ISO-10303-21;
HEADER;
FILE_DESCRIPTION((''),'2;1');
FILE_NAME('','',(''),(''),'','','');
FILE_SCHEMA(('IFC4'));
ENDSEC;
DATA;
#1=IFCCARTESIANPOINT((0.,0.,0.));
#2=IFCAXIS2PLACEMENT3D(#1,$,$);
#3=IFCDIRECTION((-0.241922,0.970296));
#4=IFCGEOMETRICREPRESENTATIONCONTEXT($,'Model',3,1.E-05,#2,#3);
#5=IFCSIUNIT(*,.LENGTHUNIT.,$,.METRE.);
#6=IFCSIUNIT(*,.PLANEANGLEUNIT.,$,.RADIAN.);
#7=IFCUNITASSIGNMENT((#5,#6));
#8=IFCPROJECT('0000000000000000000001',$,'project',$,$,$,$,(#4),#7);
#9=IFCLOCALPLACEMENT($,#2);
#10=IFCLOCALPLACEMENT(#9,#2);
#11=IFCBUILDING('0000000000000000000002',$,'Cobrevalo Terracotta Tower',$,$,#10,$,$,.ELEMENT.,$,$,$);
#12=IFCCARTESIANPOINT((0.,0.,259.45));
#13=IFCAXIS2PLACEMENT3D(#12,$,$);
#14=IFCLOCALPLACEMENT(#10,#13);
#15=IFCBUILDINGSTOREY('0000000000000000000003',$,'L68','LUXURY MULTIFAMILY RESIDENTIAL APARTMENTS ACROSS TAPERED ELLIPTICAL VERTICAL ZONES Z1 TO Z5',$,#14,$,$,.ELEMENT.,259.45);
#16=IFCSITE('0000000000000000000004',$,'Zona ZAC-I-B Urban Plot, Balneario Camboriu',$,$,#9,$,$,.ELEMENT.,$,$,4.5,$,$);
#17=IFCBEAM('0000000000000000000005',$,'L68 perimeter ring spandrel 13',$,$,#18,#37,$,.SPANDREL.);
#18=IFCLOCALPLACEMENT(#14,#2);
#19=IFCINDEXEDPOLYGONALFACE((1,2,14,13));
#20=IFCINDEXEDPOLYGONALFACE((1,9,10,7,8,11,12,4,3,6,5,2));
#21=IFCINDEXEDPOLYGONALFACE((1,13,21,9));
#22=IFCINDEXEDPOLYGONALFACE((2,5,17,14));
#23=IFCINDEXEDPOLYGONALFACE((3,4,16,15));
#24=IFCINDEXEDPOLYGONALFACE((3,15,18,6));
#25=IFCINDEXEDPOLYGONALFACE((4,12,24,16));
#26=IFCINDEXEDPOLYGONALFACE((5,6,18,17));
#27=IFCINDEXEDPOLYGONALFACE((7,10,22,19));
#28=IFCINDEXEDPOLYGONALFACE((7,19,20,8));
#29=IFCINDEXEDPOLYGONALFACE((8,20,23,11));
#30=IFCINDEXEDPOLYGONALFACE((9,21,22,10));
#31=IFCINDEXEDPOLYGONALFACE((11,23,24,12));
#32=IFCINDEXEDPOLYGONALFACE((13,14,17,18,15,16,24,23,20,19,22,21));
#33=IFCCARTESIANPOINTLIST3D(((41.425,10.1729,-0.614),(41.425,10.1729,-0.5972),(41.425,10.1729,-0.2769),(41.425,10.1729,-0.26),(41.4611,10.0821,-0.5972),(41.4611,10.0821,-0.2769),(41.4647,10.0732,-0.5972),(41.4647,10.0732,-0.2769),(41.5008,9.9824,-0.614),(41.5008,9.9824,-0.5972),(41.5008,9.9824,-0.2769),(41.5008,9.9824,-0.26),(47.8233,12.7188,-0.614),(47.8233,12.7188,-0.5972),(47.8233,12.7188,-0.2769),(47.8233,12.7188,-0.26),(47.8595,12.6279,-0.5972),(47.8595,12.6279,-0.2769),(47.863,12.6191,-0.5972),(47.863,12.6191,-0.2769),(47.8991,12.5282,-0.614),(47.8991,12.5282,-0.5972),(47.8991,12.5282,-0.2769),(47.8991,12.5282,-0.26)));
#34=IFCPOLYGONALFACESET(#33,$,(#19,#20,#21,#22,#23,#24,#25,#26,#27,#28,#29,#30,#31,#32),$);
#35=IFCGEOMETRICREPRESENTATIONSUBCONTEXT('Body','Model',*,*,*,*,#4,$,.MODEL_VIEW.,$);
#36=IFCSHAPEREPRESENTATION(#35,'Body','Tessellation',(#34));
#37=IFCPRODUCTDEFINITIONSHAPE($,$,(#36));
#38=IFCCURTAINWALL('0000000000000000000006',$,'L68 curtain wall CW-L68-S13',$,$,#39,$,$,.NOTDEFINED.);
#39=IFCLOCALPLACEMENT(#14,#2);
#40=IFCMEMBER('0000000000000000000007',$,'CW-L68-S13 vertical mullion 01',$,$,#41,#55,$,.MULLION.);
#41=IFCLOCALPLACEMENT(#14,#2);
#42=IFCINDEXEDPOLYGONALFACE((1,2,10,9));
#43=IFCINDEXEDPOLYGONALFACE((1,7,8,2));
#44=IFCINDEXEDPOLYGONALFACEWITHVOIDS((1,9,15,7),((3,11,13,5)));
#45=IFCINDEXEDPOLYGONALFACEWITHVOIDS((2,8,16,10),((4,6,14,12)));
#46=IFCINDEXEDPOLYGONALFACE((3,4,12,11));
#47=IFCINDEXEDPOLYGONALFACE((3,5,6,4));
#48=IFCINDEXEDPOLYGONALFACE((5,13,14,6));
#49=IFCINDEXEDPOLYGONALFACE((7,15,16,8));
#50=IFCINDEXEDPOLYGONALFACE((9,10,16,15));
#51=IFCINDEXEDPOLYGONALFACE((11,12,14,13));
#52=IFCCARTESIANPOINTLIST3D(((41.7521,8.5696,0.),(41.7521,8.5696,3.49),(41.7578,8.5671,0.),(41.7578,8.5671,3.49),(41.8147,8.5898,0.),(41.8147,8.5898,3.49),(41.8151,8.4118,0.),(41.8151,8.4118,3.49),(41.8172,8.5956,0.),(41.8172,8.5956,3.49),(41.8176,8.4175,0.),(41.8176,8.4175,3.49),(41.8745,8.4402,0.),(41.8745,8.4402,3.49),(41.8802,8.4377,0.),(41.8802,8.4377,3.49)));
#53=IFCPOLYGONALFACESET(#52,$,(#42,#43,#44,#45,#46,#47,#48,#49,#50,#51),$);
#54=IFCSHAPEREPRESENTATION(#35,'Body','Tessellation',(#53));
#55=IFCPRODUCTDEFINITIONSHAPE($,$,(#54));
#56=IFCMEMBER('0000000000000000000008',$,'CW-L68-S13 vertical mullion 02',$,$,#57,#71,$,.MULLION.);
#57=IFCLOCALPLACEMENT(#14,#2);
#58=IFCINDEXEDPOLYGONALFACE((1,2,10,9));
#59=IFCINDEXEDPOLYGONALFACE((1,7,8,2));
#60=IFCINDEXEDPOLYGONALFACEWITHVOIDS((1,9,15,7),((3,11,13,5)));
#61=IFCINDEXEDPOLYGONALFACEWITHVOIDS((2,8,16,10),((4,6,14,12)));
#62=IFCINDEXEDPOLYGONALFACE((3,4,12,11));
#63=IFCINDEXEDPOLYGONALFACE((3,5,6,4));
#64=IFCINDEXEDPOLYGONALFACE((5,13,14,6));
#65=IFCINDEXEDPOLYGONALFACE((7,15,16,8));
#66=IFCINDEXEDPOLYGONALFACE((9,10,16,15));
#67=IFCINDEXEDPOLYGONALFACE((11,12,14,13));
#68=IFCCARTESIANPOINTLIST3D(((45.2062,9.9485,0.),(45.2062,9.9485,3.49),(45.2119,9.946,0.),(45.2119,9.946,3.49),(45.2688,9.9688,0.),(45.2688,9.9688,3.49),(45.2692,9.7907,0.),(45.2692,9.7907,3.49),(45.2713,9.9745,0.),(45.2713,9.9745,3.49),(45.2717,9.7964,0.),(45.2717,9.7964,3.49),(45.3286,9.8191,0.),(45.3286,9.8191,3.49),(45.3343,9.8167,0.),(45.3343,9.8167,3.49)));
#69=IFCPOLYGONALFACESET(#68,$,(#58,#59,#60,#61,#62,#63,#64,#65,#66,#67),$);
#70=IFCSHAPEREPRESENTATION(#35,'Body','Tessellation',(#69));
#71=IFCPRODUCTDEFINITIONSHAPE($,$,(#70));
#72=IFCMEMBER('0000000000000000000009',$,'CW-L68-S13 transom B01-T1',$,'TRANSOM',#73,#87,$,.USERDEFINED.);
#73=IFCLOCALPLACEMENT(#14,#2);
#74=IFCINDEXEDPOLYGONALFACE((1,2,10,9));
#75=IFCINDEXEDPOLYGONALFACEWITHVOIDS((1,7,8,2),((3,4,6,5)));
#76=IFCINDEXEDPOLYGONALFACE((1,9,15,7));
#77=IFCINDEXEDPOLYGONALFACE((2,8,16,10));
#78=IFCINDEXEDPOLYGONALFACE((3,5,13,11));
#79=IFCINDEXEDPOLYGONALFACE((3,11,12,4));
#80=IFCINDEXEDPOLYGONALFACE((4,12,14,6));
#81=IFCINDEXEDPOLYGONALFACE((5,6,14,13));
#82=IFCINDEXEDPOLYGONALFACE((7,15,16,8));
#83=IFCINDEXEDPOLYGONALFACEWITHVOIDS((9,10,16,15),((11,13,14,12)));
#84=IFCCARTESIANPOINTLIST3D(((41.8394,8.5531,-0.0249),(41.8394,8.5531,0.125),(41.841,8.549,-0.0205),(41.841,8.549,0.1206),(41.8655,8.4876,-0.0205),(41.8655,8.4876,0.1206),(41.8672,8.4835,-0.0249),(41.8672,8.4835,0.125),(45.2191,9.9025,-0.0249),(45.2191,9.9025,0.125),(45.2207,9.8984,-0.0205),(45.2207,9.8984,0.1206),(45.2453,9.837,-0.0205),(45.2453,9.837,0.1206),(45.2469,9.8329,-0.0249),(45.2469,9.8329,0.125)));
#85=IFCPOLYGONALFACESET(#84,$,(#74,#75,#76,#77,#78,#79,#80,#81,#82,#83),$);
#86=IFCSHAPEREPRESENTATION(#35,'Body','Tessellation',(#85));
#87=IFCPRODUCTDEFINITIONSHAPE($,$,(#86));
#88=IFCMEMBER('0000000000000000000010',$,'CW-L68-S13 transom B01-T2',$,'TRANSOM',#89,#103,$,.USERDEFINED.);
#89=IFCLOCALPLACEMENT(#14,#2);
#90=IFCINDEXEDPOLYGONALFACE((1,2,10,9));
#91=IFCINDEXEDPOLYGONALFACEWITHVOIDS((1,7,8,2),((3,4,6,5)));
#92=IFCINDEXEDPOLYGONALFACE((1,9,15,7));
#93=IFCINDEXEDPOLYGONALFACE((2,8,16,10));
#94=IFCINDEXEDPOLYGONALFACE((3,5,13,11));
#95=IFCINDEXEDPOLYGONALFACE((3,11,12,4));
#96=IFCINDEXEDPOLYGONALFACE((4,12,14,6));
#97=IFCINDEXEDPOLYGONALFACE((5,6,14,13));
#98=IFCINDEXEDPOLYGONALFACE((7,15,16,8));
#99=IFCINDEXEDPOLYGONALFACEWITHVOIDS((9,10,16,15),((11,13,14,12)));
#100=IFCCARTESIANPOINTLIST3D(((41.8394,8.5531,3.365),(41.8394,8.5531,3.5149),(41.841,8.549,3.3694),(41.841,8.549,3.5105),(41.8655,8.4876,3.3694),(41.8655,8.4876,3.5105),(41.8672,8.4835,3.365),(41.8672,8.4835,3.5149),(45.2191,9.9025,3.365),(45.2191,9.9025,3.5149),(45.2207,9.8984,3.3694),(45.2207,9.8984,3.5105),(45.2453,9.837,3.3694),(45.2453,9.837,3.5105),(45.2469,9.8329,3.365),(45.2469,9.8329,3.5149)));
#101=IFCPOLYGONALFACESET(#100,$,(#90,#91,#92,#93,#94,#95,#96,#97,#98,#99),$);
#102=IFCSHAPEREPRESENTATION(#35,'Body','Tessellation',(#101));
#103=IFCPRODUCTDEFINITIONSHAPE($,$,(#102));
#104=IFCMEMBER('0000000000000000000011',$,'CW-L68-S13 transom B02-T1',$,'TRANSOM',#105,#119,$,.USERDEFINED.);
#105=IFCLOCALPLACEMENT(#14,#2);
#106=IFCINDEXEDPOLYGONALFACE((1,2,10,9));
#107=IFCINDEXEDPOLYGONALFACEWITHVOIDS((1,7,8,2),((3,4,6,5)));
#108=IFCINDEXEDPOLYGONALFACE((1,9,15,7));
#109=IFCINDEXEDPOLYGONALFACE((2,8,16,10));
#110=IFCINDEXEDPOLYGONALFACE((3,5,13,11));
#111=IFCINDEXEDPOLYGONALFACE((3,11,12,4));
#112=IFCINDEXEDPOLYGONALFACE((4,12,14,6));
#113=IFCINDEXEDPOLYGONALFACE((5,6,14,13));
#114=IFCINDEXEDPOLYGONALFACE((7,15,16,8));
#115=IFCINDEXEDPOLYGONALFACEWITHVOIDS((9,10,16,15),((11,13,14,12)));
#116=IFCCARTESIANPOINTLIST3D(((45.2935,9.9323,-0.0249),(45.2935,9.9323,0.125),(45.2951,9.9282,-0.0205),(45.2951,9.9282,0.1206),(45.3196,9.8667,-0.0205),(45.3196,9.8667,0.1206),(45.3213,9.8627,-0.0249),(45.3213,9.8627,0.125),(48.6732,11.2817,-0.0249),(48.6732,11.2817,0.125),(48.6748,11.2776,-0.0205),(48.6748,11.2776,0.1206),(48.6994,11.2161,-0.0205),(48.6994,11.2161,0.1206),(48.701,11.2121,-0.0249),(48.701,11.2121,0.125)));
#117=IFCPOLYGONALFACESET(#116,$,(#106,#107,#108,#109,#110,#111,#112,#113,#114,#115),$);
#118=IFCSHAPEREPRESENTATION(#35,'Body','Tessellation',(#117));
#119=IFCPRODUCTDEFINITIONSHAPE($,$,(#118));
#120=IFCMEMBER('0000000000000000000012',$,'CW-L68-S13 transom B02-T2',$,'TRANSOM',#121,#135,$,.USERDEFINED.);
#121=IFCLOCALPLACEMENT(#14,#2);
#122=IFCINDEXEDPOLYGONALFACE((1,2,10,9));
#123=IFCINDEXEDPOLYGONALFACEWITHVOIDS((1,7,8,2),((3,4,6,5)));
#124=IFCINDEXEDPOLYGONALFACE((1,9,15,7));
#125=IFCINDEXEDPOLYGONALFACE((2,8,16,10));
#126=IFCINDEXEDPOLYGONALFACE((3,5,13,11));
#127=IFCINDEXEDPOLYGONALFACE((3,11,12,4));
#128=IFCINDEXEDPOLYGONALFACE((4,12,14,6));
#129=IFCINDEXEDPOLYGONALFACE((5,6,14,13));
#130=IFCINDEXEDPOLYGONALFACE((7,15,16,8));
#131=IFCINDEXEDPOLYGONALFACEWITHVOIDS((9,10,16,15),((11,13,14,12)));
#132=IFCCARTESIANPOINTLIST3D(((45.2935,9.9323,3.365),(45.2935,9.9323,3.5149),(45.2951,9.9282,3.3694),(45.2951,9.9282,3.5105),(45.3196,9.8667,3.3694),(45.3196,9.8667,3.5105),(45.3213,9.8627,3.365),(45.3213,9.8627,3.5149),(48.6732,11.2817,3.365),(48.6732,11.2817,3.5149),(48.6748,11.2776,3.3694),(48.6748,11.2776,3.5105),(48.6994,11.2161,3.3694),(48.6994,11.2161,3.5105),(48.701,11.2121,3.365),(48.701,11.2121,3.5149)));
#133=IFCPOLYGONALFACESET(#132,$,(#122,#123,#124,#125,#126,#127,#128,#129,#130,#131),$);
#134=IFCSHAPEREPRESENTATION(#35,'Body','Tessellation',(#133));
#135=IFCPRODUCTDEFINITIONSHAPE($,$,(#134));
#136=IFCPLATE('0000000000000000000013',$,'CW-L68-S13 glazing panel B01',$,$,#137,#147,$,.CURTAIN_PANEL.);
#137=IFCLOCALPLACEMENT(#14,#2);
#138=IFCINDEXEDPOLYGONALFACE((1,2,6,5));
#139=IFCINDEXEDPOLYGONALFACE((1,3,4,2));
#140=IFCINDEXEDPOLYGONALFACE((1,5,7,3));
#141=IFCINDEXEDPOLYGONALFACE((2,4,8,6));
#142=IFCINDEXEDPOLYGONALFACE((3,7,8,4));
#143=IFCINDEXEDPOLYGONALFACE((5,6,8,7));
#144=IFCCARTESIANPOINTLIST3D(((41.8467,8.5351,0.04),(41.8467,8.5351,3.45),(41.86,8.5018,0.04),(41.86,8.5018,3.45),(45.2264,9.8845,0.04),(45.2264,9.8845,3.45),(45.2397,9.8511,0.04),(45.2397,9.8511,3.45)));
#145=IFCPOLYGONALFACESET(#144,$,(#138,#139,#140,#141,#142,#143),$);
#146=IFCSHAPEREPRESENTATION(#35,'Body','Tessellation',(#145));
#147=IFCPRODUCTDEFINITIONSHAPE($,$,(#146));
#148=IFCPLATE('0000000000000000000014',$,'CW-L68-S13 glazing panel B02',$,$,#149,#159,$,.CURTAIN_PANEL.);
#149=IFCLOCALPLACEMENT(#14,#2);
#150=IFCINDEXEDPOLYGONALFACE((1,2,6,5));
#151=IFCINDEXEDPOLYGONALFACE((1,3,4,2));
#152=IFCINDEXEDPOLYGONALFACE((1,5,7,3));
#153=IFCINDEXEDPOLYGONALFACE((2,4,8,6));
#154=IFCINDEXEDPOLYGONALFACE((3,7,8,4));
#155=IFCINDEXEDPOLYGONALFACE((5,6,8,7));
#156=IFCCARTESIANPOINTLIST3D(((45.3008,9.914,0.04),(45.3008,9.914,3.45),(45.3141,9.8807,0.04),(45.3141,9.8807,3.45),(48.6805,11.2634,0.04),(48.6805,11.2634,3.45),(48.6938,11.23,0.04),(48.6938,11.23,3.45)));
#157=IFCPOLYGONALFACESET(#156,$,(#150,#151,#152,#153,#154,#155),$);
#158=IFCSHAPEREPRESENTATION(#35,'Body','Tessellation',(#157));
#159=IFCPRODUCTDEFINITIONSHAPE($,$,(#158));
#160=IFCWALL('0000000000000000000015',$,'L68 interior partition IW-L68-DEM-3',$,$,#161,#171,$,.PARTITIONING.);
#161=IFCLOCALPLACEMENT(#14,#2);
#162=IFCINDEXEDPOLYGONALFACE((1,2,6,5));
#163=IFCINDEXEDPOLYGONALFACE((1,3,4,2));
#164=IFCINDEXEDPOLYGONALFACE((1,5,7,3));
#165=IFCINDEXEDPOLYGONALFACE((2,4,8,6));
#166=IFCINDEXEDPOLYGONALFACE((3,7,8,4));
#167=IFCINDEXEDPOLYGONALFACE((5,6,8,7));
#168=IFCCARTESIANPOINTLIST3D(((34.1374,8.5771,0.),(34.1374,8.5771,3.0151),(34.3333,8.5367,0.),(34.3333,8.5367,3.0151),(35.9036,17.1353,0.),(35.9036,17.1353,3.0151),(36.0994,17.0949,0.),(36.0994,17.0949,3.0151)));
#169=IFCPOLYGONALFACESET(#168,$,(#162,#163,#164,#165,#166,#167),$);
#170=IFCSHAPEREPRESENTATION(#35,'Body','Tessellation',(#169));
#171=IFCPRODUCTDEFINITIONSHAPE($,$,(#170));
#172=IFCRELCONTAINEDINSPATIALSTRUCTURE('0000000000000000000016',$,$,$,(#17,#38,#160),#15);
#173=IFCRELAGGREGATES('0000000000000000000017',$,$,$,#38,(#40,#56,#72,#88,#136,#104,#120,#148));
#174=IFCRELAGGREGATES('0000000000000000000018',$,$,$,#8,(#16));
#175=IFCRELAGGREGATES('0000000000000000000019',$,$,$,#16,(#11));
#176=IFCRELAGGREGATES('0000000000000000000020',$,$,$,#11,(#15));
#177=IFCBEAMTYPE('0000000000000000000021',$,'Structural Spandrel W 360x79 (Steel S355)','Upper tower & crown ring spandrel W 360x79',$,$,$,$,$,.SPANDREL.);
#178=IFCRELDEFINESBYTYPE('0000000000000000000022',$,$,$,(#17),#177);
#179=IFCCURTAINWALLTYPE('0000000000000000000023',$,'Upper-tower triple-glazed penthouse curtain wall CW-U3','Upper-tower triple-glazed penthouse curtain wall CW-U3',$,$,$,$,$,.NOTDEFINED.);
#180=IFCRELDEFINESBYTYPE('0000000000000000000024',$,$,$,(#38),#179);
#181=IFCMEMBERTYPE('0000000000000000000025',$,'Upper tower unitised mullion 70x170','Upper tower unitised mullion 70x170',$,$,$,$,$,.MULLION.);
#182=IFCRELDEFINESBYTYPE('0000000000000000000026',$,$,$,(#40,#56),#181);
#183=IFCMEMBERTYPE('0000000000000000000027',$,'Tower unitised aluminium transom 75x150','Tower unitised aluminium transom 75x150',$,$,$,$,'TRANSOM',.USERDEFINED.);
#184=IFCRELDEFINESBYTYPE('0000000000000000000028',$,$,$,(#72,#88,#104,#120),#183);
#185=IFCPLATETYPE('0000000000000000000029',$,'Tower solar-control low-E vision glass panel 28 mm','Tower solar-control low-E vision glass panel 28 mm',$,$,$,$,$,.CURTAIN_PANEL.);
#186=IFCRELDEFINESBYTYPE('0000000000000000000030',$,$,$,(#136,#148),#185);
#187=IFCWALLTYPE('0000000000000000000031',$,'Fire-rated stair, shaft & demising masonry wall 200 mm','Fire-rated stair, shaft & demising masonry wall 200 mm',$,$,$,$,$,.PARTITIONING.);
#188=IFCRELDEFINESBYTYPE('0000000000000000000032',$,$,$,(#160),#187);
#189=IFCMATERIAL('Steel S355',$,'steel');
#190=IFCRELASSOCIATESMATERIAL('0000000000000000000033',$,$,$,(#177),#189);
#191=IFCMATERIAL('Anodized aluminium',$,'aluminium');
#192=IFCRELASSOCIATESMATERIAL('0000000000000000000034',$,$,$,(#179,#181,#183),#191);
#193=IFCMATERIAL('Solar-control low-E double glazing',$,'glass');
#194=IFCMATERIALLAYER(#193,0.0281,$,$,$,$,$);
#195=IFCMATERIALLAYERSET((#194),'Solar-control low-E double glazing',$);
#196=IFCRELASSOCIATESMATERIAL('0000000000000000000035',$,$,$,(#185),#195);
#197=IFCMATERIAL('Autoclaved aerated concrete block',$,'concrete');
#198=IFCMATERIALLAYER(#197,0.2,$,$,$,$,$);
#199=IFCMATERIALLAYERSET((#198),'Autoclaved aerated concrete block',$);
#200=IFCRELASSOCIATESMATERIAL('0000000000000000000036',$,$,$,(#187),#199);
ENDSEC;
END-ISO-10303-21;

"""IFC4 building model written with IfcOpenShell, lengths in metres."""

from ifc_helpers import new_model, si_unit, direction, frame, frame_2d, origin, origin_2d, place, context, subcontext, project, spatial, rectangle, hollow_rectangle, i_section, extrude, source, transform, mapped, material, layer, layer_set, material_profile, profile_set, type_object, element, aggregate, save


model = new_model("IFC4")

# Units and contexts
model_context = context("Model", 3, precision=1e-05, world=origin(), true_north=direction((-0.241922, 0.970296)))
body_context = subcontext(model_context, "Body", "Model", "MODEL_VIEW")
ifc_project = project(units=[si_unit("LENGTHUNIT", "METRE"), si_unit("PLANEANGLEUNIT", "RADIAN")], contexts=[model_context])

# Site, building, storey
site_placement = place(None, origin())
site = spatial("IfcSite", under=ifc_project, at=site_placement, Name="Zona ZAC-I-B Urban Plot, Balneario Camboriu", CompositionType="ELEMENT", RefElevation=4.5)
building_placement = place(site_placement, origin())
building = spatial("IfcBuilding", under=site, at=building_placement, Name="Cobrevalo Terracotta Tower", CompositionType="ELEMENT")
storey_placement = place(building_placement, frame((0.0, 0.0, 259.45)))
storey = spatial("IfcBuildingStorey", under=building, at=storey_placement, Name="L68", Description="LUXURY MULTIFAMILY RESIDENTIAL APARTMENTS ACROSS TAPERED ELLIPTICAL VERTICAL ZONES Z1 TO Z5", CompositionType="ELEMENT", Elevation=259.45)

# Shared definitions
ifc_material_1 = material(Name="Steel S355", Category="steel")

# Beam
ifc_material_profile_1 = material_profile(ifc_material_1, i_section(OverallWidth=0.2051, OverallDepth=0.354, WebThickness=0.0095, FlangeThickness=0.0168, at=origin_2d()), Name="W 360x79")
ifc_profile_set_1 = profile_set([ifc_material_profile_1], Name="Steel S355")
beam_type_1 = type_object("IfcBeamType", Name="Structural Spandrel W 360x79 (Steel S355)", Description="Upper tower & crown ring spandrel W 360x79", PredefinedType="SPANDREL", material=ifc_profile_set_1)
beam_1_placement = place(storey_placement, frame((41.4629, 10.0776, -0.437), z_axis=(0.92915, 0.369703, 0.0), x_axis=(-0.369703, 0.92915, 0.0)))
element("IfcBeam", 1, at=beam_1_placement, inside=storey, type_object=beam_type_1, Name="L68 perimeter ring spandrel 13", PredefinedType="SPANDREL", context=body_context, shape_type="SweptSolid", body=[
    extrude(i_section(OverallWidth=0.2051, OverallDepth=0.354, WebThickness=0.0095, FlangeThickness=0.0168, at=origin_2d()), origin(), (0.0, 0.0, 1.0), 6.8862),
])

# Curtain wall, members, plates
ifc_material_2 = material(Name="Anodized aluminium", Category="aluminium")
curtain_wall_type = type_object("IfcCurtainWallType", Name="Upper-tower triple-glazed penthouse curtain wall CW-U3", Description="Upper-tower triple-glazed penthouse curtain wall CW-U3", PredefinedType="NOTDEFINED", material=ifc_material_2)
curtain_wall_placement = place(storey_placement, origin())
curtain_wall = element("IfcCurtainWall", 2, at=curtain_wall_placement, inside=storey, type_object=curtain_wall_type, Name="L68 curtain wall CW-L68-S13", PredefinedType="NOTDEFINED")
ifc_material_profile_2 = material_profile(ifc_material_2, hollow_rectangle(XDim=0.0701, YDim=0.1699, WallThickness=0.0044, at=origin_2d()), Name="CWM 70x170")
ifc_profile_set_2 = profile_set([ifc_material_profile_2], Name="Anodized aluminium")
member_type_1 = type_object("IfcMemberType", Name="Upper tower unitised mullion 70x170", Description="Upper tower unitised mullion 70x170", PredefinedType="MULLION", material=ifc_profile_set_2)
shared_shape_1 = source(origin(), body_context, "Body", "SweptSolid", [
    extrude(hollow_rectangle(XDim=0.0701, YDim=0.1699, WallThickness=0.0044, at=origin_2d()), origin(), (0.0, 0.0, 1.0), 3.49),
])
member_1_placement = place(storey_placement, frame((41.8162, 8.5037, 0.0), z_axis=(0.0, 0.0, 1.0), x_axis=(0.928719, 0.370784, 0.0)))
member_1 = element("IfcMember", 3, at=member_1_placement, type_object=member_type_1, Name="CW-L68-S13 vertical mullion 01", PredefinedType="MULLION", context=body_context, shape_type="MappedRepresentation", body=[
    mapped(shared_shape_1, transform((0.0, 0.0, 0.0), scale=1.0)),
])
member_2_placement = place(storey_placement, frame((45.2703, 9.8826, 0.0), z_axis=(0.0, 0.0, 1.0), x_axis=(0.928719, 0.370784, 0.0)))
member_2 = element("IfcMember", 4, at=member_2_placement, type_object=member_type_1, Name="CW-L68-S13 vertical mullion 02", PredefinedType="MULLION", context=body_context, shape_type="MappedRepresentation", body=[
    mapped(shared_shape_1, transform((0.0, 0.0, 0.0), scale=1.0)),
])
ifc_material_profile_3 = material_profile(ifc_material_2, hollow_rectangle(XDim=0.075, YDim=0.1499, WallThickness=0.0044, at=origin_2d()), Name="CWT 75x150")
ifc_profile_set_3 = profile_set([ifc_material_profile_3], Name="Anodized aluminium")
member_type_2 = type_object("IfcMemberType", Name="Tower unitised aluminium transom 75x150", Description="Tower unitised aluminium transom 75x150", ElementType="TRANSOM", PredefinedType="USERDEFINED", material=ifc_profile_set_3)
shared_shape_2 = source(origin(), body_context, "Body", "SweptSolid", [
    extrude(hollow_rectangle(XDim=0.075, YDim=0.1499, WallThickness=0.0044, at=origin_2d()), origin(), (0.0, 0.0, 1.0), 3.6392),
])
member_3_placement = place(storey_placement, frame((41.8533, 8.5183, 0.05), z_axis=(0.928712, 0.370801, 0.0), x_axis=(-0.370801, 0.928712, 0.0)))
member_3 = element("IfcMember", 5, at=member_3_placement, type_object=member_type_2, Name="CW-L68-S13 transom B01-T1", ObjectType="TRANSOM", PredefinedType="USERDEFINED", context=body_context, shape_type="MappedRepresentation", body=[
    mapped(shared_shape_2, transform((0.0, 0.0, 0.0), scale=1.0)),
])
member_4_placement = place(storey_placement, frame((41.8533, 8.5183, 3.4399), z_axis=(0.928712, 0.370801, 0.0), x_axis=(-0.370801, 0.928712, 0.0)))
member_4 = element("IfcMember", 6, at=member_4_placement, type_object=member_type_2, Name="CW-L68-S13 transom B01-T2", ObjectType="TRANSOM", PredefinedType="USERDEFINED", context=body_context, shape_type="MappedRepresentation", body=[
    mapped(shared_shape_2, transform((0.0, 0.0, 0.0), scale=1.0)),
])
member_5_placement = place(storey_placement, frame((45.3074, 9.8975, 0.05), z_axis=(0.928712, 0.370801, 0.0), x_axis=(-0.370801, 0.928712, 0.0)))
member_5 = element("IfcMember", 7, at=member_5_placement, type_object=member_type_2, Name="CW-L68-S13 transom B02-T1", ObjectType="TRANSOM", PredefinedType="USERDEFINED", context=body_context, shape_type="MappedRepresentation", body=[
    mapped(shared_shape_2, transform((0.0, 0.0, 0.0), scale=1.0)),
])
member_6_placement = place(storey_placement, frame((45.3074, 9.8975, 3.4399), z_axis=(0.928712, 0.370801, 0.0), x_axis=(-0.370801, 0.928712, 0.0)))
member_6 = element("IfcMember", 8, at=member_6_placement, type_object=member_type_2, Name="CW-L68-S13 transom B02-T2", ObjectType="TRANSOM", PredefinedType="USERDEFINED", context=body_context, shape_type="MappedRepresentation", body=[
    mapped(shared_shape_2, transform((0.0, 0.0, 0.0), scale=1.0)),
])
ifc_material_3 = material(Name="Solar-control low-E double glazing", Category="glass")
ifc_layer_1 = layer(ifc_material_3, 0.0281)
ifc_layer_set_1 = layer_set([ifc_layer_1], Name="Solar-control low-E double glazing")
plate_type = type_object("IfcPlateType", Name="Tower solar-control low-E vision glass panel 28 mm", Description="Tower solar-control low-E vision glass panel 28 mm", PredefinedType="CURTAIN_PANEL", material=ifc_layer_set_1)
shared_shape_3 = source(origin(), body_context, "Body", "SweptSolid", [
    extrude(rectangle(XDim=3.6392, YDim=0.0359, at=origin_2d()), origin(), (0.0, 0.0, 1.0), 3.4099),
])
plate_1_placement = place(storey_placement, frame((43.5432, 9.1931, 0.04), z_axis=(0.0, 0.0, 1.0), x_axis=(0.928718, 0.370786, 0.0)))
plate_1 = element("IfcPlate", 9, at=plate_1_placement, type_object=plate_type, Name="CW-L68-S13 glazing panel B01", PredefinedType="CURTAIN_PANEL", context=body_context, shape_type="MappedRepresentation", body=[
    mapped(shared_shape_3, transform((0.0, 0.0, 0.0), scale=1.0)),
])
plate_2_placement = place(storey_placement, frame((46.9973, 10.572, 0.04), z_axis=(0.0, 0.0, 1.0), x_axis=(0.928718, 0.370786, 0.0)))
plate_2 = element("IfcPlate", 10, at=plate_2_placement, type_object=plate_type, Name="CW-L68-S13 glazing panel B02", PredefinedType="CURTAIN_PANEL", context=body_context, shape_type="MappedRepresentation", body=[
    mapped(shared_shape_3, transform((0.0, 0.0, 0.0), scale=1.0)),
])
aggregate(curtain_wall, [member_1, member_2, member_3, member_4, plate_1, member_5, member_6, plate_2])

# Wall
ifc_material_4 = material(Name="Autoclaved aerated concrete block", Category="concrete")
ifc_layer_2 = layer(ifc_material_4, 0.2)
ifc_layer_set_2 = layer_set([ifc_layer_2], Name="Autoclaved aerated concrete block")
wall_type_1 = type_object("IfcWallType", Name="Fire-rated stair, shaft & demising masonry wall 200 mm", Description="Fire-rated stair, shaft & demising masonry wall 200 mm", PredefinedType="PARTITIONING", material=ifc_layer_set_2)
wall_1_placement = place(storey_placement, frame((36.0015, 17.115, 0.0), z_axis=(0.0, 0.0, 1.0), x_axis=(-0.202109, -0.979363, 0.0)))
element("IfcWall", 11, at=wall_1_placement, inside=storey, type_object=wall_type_1, Name="L68 interior partition IW-L68-DEM-3", PredefinedType="PARTITIONING", context=body_context, shape_type="SweptSolid", body=[
    extrude(rectangle(XDim=8.7385, YDim=0.2, at=frame_2d((4.3691, 0.0))), origin(), (0.0, 0.0, 1.0), 3.0151),
])

save(model, "model.ifc")
